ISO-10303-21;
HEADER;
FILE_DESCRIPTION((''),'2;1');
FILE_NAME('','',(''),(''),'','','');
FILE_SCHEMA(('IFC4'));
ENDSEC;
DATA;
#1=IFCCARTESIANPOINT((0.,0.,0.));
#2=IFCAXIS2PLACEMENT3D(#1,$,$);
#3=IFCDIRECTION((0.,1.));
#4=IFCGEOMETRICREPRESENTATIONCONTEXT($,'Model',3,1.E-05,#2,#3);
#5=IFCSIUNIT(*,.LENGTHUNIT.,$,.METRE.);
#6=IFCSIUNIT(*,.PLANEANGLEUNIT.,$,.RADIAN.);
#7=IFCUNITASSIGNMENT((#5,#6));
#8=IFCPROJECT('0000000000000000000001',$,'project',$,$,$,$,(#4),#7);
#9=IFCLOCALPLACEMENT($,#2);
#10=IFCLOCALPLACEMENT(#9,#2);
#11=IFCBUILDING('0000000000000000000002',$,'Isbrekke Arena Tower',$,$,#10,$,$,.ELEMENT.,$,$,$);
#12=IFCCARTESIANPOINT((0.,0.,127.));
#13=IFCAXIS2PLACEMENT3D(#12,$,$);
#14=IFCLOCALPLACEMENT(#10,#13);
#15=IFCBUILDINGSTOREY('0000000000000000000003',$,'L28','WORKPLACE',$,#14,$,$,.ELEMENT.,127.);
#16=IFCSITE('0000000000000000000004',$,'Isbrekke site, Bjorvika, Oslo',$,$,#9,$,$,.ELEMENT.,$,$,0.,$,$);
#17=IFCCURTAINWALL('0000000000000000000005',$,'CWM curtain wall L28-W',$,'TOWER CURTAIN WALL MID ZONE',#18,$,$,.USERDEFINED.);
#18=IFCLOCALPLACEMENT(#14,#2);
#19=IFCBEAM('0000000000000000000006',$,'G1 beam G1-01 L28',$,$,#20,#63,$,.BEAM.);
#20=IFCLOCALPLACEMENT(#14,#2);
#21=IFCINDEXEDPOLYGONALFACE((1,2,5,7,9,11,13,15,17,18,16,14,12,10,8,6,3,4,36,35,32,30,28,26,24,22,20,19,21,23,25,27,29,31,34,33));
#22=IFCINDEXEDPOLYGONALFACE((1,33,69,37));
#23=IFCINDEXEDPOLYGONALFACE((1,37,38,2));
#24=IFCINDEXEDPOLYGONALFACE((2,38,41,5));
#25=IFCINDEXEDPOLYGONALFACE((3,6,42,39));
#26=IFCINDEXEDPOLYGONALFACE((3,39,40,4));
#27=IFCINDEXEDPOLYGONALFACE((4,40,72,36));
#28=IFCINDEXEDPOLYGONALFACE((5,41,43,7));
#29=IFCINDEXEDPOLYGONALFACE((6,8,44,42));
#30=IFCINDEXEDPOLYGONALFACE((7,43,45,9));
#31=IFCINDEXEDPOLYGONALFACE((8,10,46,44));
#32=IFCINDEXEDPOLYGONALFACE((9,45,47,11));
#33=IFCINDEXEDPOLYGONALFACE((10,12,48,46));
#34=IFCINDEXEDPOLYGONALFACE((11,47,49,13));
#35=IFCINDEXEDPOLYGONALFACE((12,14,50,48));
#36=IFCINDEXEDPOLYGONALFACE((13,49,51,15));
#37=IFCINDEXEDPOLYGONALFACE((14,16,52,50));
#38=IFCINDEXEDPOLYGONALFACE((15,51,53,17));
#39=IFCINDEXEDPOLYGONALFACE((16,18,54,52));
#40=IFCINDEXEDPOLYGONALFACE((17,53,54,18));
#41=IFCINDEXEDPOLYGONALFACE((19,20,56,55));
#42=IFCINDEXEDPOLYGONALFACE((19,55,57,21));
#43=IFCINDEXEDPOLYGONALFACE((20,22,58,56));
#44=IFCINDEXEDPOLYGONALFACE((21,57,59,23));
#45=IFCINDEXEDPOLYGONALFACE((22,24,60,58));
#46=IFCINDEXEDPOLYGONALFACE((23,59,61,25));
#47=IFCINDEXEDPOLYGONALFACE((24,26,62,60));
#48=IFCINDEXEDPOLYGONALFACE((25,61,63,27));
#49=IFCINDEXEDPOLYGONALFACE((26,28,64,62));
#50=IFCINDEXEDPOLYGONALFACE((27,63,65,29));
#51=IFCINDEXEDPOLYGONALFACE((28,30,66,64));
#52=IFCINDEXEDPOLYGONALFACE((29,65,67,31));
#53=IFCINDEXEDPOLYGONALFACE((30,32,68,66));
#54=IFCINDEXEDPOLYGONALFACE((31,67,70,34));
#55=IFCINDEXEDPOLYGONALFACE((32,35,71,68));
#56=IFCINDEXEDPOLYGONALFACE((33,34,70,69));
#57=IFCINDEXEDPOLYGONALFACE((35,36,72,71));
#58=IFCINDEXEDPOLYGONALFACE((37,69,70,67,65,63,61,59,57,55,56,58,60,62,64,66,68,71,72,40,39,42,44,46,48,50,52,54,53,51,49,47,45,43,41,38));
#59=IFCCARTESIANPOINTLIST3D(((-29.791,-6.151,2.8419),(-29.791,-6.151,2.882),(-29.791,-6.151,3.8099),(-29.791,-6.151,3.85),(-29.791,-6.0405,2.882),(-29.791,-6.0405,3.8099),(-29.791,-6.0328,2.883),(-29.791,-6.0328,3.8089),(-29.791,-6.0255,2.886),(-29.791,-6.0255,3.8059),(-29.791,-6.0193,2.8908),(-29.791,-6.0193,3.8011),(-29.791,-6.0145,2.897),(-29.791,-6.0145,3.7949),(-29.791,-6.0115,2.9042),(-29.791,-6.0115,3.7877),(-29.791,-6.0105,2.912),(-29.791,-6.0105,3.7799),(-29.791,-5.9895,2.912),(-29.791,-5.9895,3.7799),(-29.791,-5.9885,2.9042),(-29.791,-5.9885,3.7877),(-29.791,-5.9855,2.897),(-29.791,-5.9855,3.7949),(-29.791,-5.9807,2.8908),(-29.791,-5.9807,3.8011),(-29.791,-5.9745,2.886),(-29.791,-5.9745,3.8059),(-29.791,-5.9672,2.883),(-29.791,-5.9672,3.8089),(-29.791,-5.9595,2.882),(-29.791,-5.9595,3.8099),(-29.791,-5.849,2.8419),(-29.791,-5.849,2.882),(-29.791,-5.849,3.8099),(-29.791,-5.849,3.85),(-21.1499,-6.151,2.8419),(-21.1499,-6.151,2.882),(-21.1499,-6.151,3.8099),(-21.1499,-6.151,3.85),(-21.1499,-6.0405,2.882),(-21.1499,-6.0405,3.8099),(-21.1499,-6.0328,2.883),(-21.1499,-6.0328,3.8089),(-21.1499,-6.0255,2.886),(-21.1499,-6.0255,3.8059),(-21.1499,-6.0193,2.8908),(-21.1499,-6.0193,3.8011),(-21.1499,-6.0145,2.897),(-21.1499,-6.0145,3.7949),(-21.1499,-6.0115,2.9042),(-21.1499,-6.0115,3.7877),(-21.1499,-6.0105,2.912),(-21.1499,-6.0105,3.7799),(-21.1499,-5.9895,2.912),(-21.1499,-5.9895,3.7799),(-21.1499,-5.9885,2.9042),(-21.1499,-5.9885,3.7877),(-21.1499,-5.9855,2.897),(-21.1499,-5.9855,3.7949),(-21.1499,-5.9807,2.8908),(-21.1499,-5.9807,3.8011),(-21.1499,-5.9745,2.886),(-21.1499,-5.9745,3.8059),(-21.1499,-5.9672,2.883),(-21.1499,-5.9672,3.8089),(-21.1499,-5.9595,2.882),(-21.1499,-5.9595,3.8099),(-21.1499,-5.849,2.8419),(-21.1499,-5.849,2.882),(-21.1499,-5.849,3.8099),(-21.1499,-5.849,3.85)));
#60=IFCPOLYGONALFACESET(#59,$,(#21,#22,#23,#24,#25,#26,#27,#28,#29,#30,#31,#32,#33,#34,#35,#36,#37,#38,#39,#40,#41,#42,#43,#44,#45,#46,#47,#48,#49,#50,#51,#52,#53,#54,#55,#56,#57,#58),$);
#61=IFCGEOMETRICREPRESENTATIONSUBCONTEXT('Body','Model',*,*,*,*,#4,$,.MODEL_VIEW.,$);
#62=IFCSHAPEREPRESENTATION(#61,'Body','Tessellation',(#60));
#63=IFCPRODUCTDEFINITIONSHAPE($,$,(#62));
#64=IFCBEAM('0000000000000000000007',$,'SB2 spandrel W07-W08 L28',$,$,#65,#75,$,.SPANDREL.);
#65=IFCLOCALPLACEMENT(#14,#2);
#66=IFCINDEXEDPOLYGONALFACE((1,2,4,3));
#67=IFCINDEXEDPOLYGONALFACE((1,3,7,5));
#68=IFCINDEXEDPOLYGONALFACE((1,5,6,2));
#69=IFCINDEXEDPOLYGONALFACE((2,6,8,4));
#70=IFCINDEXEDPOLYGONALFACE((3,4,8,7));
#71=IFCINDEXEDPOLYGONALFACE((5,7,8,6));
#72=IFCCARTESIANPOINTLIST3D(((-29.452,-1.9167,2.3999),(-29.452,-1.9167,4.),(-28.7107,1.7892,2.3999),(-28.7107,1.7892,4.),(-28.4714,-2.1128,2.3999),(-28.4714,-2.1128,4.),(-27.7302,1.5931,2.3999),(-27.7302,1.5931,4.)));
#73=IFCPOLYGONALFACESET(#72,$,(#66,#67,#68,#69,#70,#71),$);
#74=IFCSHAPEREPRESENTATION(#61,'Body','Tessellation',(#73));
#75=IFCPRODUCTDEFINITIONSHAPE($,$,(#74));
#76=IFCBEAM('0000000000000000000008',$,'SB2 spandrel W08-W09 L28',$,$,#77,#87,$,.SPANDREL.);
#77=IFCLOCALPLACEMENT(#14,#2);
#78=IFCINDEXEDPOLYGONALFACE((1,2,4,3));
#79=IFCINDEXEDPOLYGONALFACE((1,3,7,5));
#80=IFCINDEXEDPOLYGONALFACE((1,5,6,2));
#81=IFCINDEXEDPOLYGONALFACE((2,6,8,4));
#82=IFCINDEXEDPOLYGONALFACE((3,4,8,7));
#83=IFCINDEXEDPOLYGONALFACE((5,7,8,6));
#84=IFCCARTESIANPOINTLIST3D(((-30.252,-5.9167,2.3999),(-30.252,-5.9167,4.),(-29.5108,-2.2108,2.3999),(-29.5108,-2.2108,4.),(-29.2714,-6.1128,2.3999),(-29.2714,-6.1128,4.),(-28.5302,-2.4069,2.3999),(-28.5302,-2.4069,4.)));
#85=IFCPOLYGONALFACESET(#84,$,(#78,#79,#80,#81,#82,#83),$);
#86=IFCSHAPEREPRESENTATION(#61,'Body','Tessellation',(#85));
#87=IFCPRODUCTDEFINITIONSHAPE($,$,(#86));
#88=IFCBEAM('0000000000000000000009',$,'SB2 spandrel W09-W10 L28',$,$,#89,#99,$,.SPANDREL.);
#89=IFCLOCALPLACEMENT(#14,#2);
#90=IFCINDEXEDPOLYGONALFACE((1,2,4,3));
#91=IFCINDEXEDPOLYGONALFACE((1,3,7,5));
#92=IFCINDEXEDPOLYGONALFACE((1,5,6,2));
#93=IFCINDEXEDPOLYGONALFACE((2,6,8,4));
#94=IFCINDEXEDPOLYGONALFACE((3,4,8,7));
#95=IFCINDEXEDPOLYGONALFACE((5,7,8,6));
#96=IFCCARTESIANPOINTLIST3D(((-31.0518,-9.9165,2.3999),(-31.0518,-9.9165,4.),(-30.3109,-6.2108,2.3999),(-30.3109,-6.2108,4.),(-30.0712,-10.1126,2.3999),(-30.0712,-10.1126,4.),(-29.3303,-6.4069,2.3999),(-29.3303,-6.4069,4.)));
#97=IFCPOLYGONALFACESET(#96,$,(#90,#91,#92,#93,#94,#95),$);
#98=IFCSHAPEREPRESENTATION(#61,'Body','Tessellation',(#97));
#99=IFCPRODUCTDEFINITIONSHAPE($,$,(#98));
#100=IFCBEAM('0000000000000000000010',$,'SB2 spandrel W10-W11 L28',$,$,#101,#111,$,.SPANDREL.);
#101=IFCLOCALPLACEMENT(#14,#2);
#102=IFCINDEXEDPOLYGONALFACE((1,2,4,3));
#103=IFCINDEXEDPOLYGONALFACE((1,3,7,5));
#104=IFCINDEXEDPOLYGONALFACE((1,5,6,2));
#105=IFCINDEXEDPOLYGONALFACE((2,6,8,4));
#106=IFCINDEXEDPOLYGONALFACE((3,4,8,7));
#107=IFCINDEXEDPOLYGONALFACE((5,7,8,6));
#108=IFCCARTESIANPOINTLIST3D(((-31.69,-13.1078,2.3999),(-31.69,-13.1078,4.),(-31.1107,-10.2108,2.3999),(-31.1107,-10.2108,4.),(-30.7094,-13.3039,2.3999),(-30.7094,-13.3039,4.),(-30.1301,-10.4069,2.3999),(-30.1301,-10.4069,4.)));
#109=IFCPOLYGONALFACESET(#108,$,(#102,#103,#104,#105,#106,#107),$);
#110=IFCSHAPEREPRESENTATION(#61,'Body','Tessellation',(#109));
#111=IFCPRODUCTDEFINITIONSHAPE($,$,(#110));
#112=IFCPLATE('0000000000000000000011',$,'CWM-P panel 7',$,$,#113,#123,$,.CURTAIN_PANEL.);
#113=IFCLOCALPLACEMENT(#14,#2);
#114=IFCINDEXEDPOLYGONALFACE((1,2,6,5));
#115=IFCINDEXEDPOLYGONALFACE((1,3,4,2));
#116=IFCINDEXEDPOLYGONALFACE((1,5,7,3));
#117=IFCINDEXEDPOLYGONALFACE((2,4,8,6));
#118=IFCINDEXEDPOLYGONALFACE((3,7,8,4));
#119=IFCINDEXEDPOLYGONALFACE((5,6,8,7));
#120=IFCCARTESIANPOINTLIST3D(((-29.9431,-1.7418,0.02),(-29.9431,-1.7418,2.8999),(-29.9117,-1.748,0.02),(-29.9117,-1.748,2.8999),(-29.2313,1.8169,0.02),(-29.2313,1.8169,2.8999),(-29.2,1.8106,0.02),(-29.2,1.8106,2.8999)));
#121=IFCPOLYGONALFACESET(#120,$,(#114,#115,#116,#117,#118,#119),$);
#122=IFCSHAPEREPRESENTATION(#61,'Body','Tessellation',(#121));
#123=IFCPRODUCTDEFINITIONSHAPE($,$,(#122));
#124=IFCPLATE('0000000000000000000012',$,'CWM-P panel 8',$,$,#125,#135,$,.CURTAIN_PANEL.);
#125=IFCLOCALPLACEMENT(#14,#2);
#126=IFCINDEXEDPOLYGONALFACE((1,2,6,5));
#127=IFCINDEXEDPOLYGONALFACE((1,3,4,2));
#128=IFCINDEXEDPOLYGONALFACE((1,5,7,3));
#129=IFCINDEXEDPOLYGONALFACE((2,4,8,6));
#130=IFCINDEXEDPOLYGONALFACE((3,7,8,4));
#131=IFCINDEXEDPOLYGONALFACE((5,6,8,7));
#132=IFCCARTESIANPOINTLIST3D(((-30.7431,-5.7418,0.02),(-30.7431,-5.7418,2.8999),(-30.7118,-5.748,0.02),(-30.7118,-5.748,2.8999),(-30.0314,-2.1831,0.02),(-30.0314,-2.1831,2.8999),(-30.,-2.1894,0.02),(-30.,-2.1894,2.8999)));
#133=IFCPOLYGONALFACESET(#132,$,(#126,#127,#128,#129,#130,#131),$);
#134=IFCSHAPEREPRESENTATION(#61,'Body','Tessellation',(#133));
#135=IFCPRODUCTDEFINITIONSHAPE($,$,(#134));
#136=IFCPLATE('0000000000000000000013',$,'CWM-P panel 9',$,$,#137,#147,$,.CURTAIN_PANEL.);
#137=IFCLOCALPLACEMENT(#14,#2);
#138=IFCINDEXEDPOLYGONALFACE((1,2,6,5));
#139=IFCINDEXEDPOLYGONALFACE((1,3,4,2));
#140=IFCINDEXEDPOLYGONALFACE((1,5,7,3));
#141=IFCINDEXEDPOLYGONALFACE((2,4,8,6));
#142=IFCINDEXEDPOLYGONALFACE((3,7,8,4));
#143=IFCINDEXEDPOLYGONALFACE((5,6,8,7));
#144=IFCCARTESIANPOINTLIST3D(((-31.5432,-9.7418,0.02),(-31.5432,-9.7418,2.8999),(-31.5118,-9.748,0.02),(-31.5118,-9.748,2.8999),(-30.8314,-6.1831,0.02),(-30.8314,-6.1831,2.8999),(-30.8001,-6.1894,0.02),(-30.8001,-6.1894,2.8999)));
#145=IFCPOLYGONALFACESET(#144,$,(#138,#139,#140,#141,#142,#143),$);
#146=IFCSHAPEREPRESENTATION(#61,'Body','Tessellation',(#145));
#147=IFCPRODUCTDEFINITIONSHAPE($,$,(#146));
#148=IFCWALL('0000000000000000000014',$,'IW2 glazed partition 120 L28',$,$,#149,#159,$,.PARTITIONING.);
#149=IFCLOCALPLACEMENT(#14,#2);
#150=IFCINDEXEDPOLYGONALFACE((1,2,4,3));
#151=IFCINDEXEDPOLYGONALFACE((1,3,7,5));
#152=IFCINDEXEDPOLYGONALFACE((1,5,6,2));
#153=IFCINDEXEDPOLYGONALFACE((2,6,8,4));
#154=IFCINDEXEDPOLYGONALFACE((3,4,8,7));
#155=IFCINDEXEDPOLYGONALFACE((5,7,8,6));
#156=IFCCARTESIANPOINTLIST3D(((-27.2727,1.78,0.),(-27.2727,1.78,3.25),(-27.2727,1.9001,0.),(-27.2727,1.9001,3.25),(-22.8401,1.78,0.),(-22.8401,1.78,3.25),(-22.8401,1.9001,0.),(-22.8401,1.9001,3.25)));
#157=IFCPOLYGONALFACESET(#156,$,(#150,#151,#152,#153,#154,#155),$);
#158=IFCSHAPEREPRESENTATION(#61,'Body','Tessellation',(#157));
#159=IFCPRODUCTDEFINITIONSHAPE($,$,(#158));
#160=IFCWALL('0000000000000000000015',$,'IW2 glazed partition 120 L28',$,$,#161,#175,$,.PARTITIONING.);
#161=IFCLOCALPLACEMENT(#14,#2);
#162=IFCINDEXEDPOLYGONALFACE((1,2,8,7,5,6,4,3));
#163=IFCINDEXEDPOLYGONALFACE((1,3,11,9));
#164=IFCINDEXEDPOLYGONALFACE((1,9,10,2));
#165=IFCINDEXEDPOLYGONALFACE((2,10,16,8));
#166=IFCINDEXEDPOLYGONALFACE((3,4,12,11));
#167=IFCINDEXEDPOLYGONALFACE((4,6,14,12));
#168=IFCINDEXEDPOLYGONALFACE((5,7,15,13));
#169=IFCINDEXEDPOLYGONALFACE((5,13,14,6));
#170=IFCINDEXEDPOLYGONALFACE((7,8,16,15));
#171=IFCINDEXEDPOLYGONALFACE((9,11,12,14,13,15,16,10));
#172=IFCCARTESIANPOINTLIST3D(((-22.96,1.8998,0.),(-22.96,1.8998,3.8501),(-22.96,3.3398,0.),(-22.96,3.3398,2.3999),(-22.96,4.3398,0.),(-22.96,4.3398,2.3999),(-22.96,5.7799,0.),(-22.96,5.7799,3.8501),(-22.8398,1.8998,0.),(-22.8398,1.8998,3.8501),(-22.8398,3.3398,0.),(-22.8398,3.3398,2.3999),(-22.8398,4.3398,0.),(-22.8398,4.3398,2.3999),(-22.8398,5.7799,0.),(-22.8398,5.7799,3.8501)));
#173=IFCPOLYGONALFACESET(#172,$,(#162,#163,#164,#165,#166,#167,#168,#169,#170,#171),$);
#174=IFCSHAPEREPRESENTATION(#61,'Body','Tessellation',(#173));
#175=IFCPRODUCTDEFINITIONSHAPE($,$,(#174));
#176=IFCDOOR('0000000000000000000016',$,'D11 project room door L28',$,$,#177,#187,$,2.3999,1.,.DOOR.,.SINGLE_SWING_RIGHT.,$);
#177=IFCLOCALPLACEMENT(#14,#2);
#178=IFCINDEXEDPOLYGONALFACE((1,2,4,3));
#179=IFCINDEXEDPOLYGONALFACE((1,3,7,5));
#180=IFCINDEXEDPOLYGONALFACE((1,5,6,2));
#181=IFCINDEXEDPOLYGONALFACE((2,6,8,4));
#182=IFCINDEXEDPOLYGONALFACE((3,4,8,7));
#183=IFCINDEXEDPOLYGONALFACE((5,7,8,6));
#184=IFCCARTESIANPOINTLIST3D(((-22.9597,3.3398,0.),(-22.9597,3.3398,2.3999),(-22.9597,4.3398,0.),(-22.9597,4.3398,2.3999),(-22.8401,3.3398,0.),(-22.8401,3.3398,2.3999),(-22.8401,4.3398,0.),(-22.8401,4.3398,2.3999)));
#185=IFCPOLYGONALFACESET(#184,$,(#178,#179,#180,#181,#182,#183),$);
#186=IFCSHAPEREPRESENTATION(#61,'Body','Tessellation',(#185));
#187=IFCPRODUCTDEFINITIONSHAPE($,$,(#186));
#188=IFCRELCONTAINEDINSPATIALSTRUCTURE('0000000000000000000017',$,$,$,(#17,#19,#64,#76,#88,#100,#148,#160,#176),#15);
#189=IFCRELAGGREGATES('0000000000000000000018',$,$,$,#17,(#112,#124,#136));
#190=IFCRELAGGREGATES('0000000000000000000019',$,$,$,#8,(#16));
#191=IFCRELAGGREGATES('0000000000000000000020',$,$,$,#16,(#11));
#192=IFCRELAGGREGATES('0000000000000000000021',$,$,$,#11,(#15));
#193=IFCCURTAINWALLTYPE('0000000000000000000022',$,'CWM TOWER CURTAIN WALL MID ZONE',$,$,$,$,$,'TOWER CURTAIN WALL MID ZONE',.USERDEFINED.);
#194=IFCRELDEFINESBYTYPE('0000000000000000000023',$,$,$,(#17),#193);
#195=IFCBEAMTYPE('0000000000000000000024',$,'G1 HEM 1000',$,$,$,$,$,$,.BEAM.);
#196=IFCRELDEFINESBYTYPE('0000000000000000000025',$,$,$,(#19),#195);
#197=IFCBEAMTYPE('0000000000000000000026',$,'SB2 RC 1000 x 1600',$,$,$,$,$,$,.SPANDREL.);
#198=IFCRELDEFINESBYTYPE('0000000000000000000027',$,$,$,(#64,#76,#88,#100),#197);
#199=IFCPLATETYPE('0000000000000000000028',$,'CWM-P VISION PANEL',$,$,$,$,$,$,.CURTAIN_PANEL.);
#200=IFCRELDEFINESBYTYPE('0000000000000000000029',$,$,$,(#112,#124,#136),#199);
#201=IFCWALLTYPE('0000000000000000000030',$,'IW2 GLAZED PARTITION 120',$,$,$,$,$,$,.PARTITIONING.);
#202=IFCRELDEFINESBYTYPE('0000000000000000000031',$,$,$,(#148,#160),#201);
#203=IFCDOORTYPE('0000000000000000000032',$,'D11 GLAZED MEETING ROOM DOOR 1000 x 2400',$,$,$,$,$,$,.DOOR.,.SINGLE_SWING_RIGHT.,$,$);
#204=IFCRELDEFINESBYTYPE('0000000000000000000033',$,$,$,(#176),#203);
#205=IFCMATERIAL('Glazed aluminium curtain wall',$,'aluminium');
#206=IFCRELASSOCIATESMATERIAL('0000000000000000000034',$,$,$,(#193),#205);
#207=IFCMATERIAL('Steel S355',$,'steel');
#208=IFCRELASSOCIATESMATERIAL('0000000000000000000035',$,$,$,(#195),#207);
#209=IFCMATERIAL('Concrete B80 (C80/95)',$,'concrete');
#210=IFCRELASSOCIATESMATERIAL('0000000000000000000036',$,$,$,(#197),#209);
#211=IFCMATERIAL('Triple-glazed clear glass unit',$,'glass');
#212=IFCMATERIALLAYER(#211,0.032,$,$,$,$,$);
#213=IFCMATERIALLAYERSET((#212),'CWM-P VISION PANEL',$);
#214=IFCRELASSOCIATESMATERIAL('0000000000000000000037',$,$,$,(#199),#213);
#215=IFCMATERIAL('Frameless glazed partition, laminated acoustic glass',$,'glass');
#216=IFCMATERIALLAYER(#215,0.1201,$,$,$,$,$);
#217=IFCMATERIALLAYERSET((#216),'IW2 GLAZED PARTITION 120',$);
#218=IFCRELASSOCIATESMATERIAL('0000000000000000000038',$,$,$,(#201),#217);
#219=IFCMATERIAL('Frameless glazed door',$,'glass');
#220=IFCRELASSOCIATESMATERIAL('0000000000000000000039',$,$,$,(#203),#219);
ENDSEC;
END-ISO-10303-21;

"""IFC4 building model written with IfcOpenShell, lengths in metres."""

from ifc_helpers import new_model, si_unit, direction, frame, frame_2d, origin, origin_2d, place, context, subcontext, project, spatial, rectangle, i_section, extrude, material, layer, layer_set, material_profile, profile_set, type_object, element, fill, aggregate, save


model = new_model("IFC4")

# Units and contexts
model_context = context("Model", 3, precision=1e-05, world=origin(), true_north=direction((0.0, 1.0)))
body_context = subcontext(model_context, "Body", "Model", "MODEL_VIEW")
ifc_project = project(units=[si_unit("LENGTHUNIT", "METRE"), si_unit("PLANEANGLEUNIT", "RADIAN")], contexts=[model_context])

# Site, building, storey
site_placement = place(None, origin())
site = spatial("IfcSite", under=ifc_project, at=site_placement, Name="Isbrekke site, Bjorvika, Oslo", CompositionType="ELEMENT", RefElevation=0.0)
building_placement = place(site_placement, origin())
building = spatial("IfcBuilding", under=site, at=building_placement, Name="Isbrekke Arena Tower", CompositionType="ELEMENT")
storey_placement = place(building_placement, frame((0.0, 0.0, 127.0)))
storey = spatial("IfcBuildingStorey", under=building, at=storey_placement, Name="L28", Description="WORKPLACE", CompositionType="ELEMENT", Elevation=127.0)

# Curtain wall
ifc_material_1 = material(Name="Glazed aluminium curtain wall", Category="aluminium")
curtain_wall_type = type_object("IfcCurtainWallType", Name="CWM TOWER CURTAIN WALL MID ZONE", ElementType="TOWER CURTAIN WALL MID ZONE", PredefinedType="USERDEFINED", material=ifc_material_1)
curtain_wall_placement = place(storey_placement, origin())
curtain_wall = element("IfcCurtainWall", 1, at=curtain_wall_placement, inside=storey, type_object=curtain_wall_type, Name="CWM curtain wall L28-W", ObjectType="TOWER CURTAIN WALL MID ZONE", PredefinedType="USERDEFINED")

# Beams
ifc_material_2 = material(Name="Steel S355", Category="steel")
ifc_material_profile_1 = material_profile(ifc_material_2, i_section(OverallWidth=0.302, OverallDepth=1.0081, WebThickness=0.021, FlangeThickness=0.04, FilletRadius=0.03, at=origin_2d()), Name="HEM 1000")
ifc_profile_set_1 = profile_set([ifc_material_profile_1], Name="Steel S355")
beam_type_1 = type_object("IfcBeamType", Name="G1 HEM 1000", PredefinedType="BEAM", material=ifc_profile_set_1)
beam_1_placement = place(storey_placement, frame((-29.791, -6.0, 3.3459), z_axis=(1.0, 0.0, 0.0), x_axis=(0.0, 1.0, 0.0)))
element("IfcBeam", 2, at=beam_1_placement, inside=storey, type_object=beam_type_1, Name="G1 beam G1-01 L28", PredefinedType="BEAM", context=body_context, shape_type="SweptSolid", body=[
    extrude(i_section(OverallWidth=0.302, OverallDepth=1.0081, WebThickness=0.021, FlangeThickness=0.04, FilletRadius=0.03, at=origin_2d()), origin(), (0.0, 0.0, 1.0), 8.6411),
])
ifc_material_3 = material(Name="Concrete B80 (C80/95)", Category="concrete")
ifc_material_profile_2 = material_profile(ifc_material_3, rectangle(XDim=1.0, YDim=1.6001, at=origin_2d()), Name="RC 1000x1600")
ifc_profile_set_2 = profile_set([ifc_material_profile_2], Name="Concrete B80 (C80/95)")
beam_type_2 = type_object("IfcBeamType", Name="SB2 RC 1000 x 1600", PredefinedType="SPANDREL", material=ifc_profile_set_2)
for number, where, z_axis, x_axis, name in (
    (3, (-28.2205, 1.6912, 3.2), (-0.196129, -0.980578, 0.0), (0.980578, -0.196129, 0.0), "SB2 spandrel W07-W08 L28"),
    (4, (-29.0205, -2.3088, 3.2), (-0.196129, -0.980578, 0.0), (0.980578, -0.196129, 0.0), "SB2 spandrel W08-W09 L28"),
):
    element("IfcBeam", number, at=place(storey_placement, frame(where, z_axis=z_axis, x_axis=x_axis)), inside=storey, type_object=beam_type_2, Name=name, PredefinedType="SPANDREL", context=body_context, shape_type="SweptSolid", body=[
        extrude(rectangle(XDim=1.0, YDim=1.6001, at=origin_2d()), origin(), (0.0, 0.0, 1.0), 3.7793),
    ])
beam_2_placement = place(storey_placement, frame((-29.8206, -6.3088, 3.2), z_axis=(-0.196066, -0.980591, 0.0), x_axis=(0.980591, -0.196066, 0.0)))
element("IfcBeam", 5, at=beam_2_placement, inside=storey, type_object=beam_type_2, Name="SB2 spandrel W09-W10 L28", PredefinedType="SPANDREL", context=body_context, shape_type="SweptSolid", body=[
    extrude(rectangle(XDim=1.0, YDim=1.6001, at=origin_2d()), origin(), (0.0, 0.0, 1.0), 3.7791),
])
beam_3_placement = place(storey_placement, frame((-30.6204, -10.3088, 3.2), z_axis=(-0.1961, -0.980584, 0.0), x_axis=(0.980584, -0.1961, 0.0)))
element("IfcBeam", 6, at=beam_3_placement, inside=storey, type_object=beam_type_2, Name="SB2 spandrel W10-W11 L28", PredefinedType="SPANDREL", context=body_context, shape_type="SweptSolid", body=[
    extrude(rectangle(XDim=1.0, YDim=1.6001, at=origin_2d()), origin(), (0.0, 0.0, 1.0), 2.9543),
])

# Plates
ifc_material_4 = material(Name="Triple-glazed clear glass unit", Category="glass")
ifc_layer_1 = layer(ifc_material_4, 0.032)
ifc_layer_set_1 = layer_set([ifc_layer_1], Name="CWM-P VISION PANEL")
plate_type = type_object("IfcPlateType", Name="CWM-P VISION PANEL", PredefinedType="CURTAIN_PANEL", material=ifc_layer_set_1)
plate_1_placement = place(storey_placement, frame((-29.5715, 0.0344, 0.02), z_axis=(0.0, 0.0, 1.0), x_axis=(-0.196116, -0.980581, 0.0)))
plate_1 = element("IfcPlate", 7, at=plate_1_placement, type_object=plate_type, Name="CWM-P panel 7", PredefinedType="CURTAIN_PANEL", context=body_context, shape_type="SweptSolid", body=[
    extrude(rectangle(XDim=3.6292, YDim=0.032, at=origin_2d()), origin(), (0.0, 0.0, 1.0), 2.8799),
])
plate_2_placement = place(storey_placement, frame((-30.3716, -3.9656, 0.02), z_axis=(0.0, 0.0, 1.0), x_axis=(-0.196116, -0.980581, 0.0)))
plate_2 = element("IfcPlate", 8, at=plate_2_placement, type_object=plate_type, Name="CWM-P panel 8", PredefinedType="CURTAIN_PANEL", context=body_context, shape_type="SweptSolid", body=[
    extrude(rectangle(XDim=3.6292, YDim=0.032, at=origin_2d()), origin(), (0.0, 0.0, 1.0), 2.8799),
])
plate_3_placement = place(storey_placement, frame((-31.1716, -7.9656, 0.02), z_axis=(0.0, 0.0, 1.0), x_axis=(-0.196116, -0.980581, 0.0)))
plate_3 = element("IfcPlate", 9, at=plate_3_placement, type_object=plate_type, Name="CWM-P panel 9", PredefinedType="CURTAIN_PANEL", context=body_context, shape_type="SweptSolid", body=[
    extrude(rectangle(XDim=3.6292, YDim=0.032, at=origin_2d()), origin(), (0.0, 0.0, 1.0), 2.8799),
])
aggregate(curtain_wall, [plate_1, plate_2, plate_3])

# Wall
ifc_material_5 = material(Name="Frameless glazed partition, laminated acoustic glass", Category="glass")
ifc_layer_2 = layer(ifc_material_5, 0.1201)
ifc_layer_set_2 = layer_set([ifc_layer_2], Name="IW2 GLAZED PARTITION 120")
wall_type = type_object("IfcWallType", Name="IW2 GLAZED PARTITION 120", PredefinedType="PARTITIONING", material=ifc_layer_set_2)
wall_1_placement = place(storey_placement, frame((-27.2727, 1.8401, 0.0), z_axis=(0.0, 0.0, 1.0), x_axis=(1.0, 0.0, 0.0)))
element("IfcWall", 10, at=wall_1_placement, inside=storey, type_object=wall_type, Name="IW2 glazed partition 120 L28", PredefinedType="PARTITIONING", context=body_context, shape_type="SweptSolid", body=[
    extrude(rectangle(XDim=4.4326, YDim=0.1201, at=frame_2d((2.2163, 0.0))), origin(), (0.0, 0.0, 1.0), 3.25),
])

# Wall, opening, door
wall_2_placement = place(storey_placement, frame((-22.8999, 1.8999, 0.0), z_axis=(0.0, 0.0, 1.0), x_axis=(0.0, 1.0, 0.0)))
wall_2 = element("IfcWall", 11, at=wall_2_placement, inside=storey, type_object=wall_type, Name="IW2 glazed partition 120 L28", PredefinedType="PARTITIONING", context=body_context, shape_type="SweptSolid", body=[
    extrude(rectangle(XDim=3.8801, YDim=0.1201, at=frame_2d((1.9399, 0.0))), origin(), (0.0, 0.0, 1.0), 3.8501),
])
opening_placement = place(wall_2_placement, frame((1.4399, 0.0, 0.0)))
opening = element("IfcOpeningElement", 12, at=opening_placement, cuts=wall_2, PredefinedType="OPENING", context=body_context, shape_type="SweptSolid", body=[
    extrude(rectangle(XDim=1.0, YDim=2.3999, at=frame_2d((0.5, 1.2))), frame((0.0, 0.075, 0.0), z_axis=(0.0, -1.0, 0.0), x_axis=(1.0, 0.0, 0.0)), (0.0, 0.0, 1.0), 0.1499),
])
ifc_material_6 = material(Name="Frameless glazed door", Category="glass")
door_type = type_object("IfcDoorType", Name="D11 GLAZED MEETING ROOM DOOR 1000 x 2400", OperationType="SINGLE_SWING_RIGHT", PredefinedType="DOOR", material=ifc_material_6)
door_placement = place(opening_placement, origin())
door = element("IfcDoor", 13, at=door_placement, inside=storey, type_object=door_type, Name="D11 project room door L28", OperationType="SINGLE_SWING_RIGHT", OverallHeight=2.3999, OverallWidth=1.0, PredefinedType="DOOR", context=body_context, shape_type="SweptSolid", body=[
    extrude(rectangle(XDim=1.0, YDim=2.3999, at=frame_2d((0.5, 1.2))), frame((0.0, 0.0598, 0.0), z_axis=(0.0, -1.0, 0.0), x_axis=(1.0, 0.0, 0.0)), (0.0, 0.0, 1.0), 0.1196),
])
fill(opening, door)

save(model, "model.ifc")
